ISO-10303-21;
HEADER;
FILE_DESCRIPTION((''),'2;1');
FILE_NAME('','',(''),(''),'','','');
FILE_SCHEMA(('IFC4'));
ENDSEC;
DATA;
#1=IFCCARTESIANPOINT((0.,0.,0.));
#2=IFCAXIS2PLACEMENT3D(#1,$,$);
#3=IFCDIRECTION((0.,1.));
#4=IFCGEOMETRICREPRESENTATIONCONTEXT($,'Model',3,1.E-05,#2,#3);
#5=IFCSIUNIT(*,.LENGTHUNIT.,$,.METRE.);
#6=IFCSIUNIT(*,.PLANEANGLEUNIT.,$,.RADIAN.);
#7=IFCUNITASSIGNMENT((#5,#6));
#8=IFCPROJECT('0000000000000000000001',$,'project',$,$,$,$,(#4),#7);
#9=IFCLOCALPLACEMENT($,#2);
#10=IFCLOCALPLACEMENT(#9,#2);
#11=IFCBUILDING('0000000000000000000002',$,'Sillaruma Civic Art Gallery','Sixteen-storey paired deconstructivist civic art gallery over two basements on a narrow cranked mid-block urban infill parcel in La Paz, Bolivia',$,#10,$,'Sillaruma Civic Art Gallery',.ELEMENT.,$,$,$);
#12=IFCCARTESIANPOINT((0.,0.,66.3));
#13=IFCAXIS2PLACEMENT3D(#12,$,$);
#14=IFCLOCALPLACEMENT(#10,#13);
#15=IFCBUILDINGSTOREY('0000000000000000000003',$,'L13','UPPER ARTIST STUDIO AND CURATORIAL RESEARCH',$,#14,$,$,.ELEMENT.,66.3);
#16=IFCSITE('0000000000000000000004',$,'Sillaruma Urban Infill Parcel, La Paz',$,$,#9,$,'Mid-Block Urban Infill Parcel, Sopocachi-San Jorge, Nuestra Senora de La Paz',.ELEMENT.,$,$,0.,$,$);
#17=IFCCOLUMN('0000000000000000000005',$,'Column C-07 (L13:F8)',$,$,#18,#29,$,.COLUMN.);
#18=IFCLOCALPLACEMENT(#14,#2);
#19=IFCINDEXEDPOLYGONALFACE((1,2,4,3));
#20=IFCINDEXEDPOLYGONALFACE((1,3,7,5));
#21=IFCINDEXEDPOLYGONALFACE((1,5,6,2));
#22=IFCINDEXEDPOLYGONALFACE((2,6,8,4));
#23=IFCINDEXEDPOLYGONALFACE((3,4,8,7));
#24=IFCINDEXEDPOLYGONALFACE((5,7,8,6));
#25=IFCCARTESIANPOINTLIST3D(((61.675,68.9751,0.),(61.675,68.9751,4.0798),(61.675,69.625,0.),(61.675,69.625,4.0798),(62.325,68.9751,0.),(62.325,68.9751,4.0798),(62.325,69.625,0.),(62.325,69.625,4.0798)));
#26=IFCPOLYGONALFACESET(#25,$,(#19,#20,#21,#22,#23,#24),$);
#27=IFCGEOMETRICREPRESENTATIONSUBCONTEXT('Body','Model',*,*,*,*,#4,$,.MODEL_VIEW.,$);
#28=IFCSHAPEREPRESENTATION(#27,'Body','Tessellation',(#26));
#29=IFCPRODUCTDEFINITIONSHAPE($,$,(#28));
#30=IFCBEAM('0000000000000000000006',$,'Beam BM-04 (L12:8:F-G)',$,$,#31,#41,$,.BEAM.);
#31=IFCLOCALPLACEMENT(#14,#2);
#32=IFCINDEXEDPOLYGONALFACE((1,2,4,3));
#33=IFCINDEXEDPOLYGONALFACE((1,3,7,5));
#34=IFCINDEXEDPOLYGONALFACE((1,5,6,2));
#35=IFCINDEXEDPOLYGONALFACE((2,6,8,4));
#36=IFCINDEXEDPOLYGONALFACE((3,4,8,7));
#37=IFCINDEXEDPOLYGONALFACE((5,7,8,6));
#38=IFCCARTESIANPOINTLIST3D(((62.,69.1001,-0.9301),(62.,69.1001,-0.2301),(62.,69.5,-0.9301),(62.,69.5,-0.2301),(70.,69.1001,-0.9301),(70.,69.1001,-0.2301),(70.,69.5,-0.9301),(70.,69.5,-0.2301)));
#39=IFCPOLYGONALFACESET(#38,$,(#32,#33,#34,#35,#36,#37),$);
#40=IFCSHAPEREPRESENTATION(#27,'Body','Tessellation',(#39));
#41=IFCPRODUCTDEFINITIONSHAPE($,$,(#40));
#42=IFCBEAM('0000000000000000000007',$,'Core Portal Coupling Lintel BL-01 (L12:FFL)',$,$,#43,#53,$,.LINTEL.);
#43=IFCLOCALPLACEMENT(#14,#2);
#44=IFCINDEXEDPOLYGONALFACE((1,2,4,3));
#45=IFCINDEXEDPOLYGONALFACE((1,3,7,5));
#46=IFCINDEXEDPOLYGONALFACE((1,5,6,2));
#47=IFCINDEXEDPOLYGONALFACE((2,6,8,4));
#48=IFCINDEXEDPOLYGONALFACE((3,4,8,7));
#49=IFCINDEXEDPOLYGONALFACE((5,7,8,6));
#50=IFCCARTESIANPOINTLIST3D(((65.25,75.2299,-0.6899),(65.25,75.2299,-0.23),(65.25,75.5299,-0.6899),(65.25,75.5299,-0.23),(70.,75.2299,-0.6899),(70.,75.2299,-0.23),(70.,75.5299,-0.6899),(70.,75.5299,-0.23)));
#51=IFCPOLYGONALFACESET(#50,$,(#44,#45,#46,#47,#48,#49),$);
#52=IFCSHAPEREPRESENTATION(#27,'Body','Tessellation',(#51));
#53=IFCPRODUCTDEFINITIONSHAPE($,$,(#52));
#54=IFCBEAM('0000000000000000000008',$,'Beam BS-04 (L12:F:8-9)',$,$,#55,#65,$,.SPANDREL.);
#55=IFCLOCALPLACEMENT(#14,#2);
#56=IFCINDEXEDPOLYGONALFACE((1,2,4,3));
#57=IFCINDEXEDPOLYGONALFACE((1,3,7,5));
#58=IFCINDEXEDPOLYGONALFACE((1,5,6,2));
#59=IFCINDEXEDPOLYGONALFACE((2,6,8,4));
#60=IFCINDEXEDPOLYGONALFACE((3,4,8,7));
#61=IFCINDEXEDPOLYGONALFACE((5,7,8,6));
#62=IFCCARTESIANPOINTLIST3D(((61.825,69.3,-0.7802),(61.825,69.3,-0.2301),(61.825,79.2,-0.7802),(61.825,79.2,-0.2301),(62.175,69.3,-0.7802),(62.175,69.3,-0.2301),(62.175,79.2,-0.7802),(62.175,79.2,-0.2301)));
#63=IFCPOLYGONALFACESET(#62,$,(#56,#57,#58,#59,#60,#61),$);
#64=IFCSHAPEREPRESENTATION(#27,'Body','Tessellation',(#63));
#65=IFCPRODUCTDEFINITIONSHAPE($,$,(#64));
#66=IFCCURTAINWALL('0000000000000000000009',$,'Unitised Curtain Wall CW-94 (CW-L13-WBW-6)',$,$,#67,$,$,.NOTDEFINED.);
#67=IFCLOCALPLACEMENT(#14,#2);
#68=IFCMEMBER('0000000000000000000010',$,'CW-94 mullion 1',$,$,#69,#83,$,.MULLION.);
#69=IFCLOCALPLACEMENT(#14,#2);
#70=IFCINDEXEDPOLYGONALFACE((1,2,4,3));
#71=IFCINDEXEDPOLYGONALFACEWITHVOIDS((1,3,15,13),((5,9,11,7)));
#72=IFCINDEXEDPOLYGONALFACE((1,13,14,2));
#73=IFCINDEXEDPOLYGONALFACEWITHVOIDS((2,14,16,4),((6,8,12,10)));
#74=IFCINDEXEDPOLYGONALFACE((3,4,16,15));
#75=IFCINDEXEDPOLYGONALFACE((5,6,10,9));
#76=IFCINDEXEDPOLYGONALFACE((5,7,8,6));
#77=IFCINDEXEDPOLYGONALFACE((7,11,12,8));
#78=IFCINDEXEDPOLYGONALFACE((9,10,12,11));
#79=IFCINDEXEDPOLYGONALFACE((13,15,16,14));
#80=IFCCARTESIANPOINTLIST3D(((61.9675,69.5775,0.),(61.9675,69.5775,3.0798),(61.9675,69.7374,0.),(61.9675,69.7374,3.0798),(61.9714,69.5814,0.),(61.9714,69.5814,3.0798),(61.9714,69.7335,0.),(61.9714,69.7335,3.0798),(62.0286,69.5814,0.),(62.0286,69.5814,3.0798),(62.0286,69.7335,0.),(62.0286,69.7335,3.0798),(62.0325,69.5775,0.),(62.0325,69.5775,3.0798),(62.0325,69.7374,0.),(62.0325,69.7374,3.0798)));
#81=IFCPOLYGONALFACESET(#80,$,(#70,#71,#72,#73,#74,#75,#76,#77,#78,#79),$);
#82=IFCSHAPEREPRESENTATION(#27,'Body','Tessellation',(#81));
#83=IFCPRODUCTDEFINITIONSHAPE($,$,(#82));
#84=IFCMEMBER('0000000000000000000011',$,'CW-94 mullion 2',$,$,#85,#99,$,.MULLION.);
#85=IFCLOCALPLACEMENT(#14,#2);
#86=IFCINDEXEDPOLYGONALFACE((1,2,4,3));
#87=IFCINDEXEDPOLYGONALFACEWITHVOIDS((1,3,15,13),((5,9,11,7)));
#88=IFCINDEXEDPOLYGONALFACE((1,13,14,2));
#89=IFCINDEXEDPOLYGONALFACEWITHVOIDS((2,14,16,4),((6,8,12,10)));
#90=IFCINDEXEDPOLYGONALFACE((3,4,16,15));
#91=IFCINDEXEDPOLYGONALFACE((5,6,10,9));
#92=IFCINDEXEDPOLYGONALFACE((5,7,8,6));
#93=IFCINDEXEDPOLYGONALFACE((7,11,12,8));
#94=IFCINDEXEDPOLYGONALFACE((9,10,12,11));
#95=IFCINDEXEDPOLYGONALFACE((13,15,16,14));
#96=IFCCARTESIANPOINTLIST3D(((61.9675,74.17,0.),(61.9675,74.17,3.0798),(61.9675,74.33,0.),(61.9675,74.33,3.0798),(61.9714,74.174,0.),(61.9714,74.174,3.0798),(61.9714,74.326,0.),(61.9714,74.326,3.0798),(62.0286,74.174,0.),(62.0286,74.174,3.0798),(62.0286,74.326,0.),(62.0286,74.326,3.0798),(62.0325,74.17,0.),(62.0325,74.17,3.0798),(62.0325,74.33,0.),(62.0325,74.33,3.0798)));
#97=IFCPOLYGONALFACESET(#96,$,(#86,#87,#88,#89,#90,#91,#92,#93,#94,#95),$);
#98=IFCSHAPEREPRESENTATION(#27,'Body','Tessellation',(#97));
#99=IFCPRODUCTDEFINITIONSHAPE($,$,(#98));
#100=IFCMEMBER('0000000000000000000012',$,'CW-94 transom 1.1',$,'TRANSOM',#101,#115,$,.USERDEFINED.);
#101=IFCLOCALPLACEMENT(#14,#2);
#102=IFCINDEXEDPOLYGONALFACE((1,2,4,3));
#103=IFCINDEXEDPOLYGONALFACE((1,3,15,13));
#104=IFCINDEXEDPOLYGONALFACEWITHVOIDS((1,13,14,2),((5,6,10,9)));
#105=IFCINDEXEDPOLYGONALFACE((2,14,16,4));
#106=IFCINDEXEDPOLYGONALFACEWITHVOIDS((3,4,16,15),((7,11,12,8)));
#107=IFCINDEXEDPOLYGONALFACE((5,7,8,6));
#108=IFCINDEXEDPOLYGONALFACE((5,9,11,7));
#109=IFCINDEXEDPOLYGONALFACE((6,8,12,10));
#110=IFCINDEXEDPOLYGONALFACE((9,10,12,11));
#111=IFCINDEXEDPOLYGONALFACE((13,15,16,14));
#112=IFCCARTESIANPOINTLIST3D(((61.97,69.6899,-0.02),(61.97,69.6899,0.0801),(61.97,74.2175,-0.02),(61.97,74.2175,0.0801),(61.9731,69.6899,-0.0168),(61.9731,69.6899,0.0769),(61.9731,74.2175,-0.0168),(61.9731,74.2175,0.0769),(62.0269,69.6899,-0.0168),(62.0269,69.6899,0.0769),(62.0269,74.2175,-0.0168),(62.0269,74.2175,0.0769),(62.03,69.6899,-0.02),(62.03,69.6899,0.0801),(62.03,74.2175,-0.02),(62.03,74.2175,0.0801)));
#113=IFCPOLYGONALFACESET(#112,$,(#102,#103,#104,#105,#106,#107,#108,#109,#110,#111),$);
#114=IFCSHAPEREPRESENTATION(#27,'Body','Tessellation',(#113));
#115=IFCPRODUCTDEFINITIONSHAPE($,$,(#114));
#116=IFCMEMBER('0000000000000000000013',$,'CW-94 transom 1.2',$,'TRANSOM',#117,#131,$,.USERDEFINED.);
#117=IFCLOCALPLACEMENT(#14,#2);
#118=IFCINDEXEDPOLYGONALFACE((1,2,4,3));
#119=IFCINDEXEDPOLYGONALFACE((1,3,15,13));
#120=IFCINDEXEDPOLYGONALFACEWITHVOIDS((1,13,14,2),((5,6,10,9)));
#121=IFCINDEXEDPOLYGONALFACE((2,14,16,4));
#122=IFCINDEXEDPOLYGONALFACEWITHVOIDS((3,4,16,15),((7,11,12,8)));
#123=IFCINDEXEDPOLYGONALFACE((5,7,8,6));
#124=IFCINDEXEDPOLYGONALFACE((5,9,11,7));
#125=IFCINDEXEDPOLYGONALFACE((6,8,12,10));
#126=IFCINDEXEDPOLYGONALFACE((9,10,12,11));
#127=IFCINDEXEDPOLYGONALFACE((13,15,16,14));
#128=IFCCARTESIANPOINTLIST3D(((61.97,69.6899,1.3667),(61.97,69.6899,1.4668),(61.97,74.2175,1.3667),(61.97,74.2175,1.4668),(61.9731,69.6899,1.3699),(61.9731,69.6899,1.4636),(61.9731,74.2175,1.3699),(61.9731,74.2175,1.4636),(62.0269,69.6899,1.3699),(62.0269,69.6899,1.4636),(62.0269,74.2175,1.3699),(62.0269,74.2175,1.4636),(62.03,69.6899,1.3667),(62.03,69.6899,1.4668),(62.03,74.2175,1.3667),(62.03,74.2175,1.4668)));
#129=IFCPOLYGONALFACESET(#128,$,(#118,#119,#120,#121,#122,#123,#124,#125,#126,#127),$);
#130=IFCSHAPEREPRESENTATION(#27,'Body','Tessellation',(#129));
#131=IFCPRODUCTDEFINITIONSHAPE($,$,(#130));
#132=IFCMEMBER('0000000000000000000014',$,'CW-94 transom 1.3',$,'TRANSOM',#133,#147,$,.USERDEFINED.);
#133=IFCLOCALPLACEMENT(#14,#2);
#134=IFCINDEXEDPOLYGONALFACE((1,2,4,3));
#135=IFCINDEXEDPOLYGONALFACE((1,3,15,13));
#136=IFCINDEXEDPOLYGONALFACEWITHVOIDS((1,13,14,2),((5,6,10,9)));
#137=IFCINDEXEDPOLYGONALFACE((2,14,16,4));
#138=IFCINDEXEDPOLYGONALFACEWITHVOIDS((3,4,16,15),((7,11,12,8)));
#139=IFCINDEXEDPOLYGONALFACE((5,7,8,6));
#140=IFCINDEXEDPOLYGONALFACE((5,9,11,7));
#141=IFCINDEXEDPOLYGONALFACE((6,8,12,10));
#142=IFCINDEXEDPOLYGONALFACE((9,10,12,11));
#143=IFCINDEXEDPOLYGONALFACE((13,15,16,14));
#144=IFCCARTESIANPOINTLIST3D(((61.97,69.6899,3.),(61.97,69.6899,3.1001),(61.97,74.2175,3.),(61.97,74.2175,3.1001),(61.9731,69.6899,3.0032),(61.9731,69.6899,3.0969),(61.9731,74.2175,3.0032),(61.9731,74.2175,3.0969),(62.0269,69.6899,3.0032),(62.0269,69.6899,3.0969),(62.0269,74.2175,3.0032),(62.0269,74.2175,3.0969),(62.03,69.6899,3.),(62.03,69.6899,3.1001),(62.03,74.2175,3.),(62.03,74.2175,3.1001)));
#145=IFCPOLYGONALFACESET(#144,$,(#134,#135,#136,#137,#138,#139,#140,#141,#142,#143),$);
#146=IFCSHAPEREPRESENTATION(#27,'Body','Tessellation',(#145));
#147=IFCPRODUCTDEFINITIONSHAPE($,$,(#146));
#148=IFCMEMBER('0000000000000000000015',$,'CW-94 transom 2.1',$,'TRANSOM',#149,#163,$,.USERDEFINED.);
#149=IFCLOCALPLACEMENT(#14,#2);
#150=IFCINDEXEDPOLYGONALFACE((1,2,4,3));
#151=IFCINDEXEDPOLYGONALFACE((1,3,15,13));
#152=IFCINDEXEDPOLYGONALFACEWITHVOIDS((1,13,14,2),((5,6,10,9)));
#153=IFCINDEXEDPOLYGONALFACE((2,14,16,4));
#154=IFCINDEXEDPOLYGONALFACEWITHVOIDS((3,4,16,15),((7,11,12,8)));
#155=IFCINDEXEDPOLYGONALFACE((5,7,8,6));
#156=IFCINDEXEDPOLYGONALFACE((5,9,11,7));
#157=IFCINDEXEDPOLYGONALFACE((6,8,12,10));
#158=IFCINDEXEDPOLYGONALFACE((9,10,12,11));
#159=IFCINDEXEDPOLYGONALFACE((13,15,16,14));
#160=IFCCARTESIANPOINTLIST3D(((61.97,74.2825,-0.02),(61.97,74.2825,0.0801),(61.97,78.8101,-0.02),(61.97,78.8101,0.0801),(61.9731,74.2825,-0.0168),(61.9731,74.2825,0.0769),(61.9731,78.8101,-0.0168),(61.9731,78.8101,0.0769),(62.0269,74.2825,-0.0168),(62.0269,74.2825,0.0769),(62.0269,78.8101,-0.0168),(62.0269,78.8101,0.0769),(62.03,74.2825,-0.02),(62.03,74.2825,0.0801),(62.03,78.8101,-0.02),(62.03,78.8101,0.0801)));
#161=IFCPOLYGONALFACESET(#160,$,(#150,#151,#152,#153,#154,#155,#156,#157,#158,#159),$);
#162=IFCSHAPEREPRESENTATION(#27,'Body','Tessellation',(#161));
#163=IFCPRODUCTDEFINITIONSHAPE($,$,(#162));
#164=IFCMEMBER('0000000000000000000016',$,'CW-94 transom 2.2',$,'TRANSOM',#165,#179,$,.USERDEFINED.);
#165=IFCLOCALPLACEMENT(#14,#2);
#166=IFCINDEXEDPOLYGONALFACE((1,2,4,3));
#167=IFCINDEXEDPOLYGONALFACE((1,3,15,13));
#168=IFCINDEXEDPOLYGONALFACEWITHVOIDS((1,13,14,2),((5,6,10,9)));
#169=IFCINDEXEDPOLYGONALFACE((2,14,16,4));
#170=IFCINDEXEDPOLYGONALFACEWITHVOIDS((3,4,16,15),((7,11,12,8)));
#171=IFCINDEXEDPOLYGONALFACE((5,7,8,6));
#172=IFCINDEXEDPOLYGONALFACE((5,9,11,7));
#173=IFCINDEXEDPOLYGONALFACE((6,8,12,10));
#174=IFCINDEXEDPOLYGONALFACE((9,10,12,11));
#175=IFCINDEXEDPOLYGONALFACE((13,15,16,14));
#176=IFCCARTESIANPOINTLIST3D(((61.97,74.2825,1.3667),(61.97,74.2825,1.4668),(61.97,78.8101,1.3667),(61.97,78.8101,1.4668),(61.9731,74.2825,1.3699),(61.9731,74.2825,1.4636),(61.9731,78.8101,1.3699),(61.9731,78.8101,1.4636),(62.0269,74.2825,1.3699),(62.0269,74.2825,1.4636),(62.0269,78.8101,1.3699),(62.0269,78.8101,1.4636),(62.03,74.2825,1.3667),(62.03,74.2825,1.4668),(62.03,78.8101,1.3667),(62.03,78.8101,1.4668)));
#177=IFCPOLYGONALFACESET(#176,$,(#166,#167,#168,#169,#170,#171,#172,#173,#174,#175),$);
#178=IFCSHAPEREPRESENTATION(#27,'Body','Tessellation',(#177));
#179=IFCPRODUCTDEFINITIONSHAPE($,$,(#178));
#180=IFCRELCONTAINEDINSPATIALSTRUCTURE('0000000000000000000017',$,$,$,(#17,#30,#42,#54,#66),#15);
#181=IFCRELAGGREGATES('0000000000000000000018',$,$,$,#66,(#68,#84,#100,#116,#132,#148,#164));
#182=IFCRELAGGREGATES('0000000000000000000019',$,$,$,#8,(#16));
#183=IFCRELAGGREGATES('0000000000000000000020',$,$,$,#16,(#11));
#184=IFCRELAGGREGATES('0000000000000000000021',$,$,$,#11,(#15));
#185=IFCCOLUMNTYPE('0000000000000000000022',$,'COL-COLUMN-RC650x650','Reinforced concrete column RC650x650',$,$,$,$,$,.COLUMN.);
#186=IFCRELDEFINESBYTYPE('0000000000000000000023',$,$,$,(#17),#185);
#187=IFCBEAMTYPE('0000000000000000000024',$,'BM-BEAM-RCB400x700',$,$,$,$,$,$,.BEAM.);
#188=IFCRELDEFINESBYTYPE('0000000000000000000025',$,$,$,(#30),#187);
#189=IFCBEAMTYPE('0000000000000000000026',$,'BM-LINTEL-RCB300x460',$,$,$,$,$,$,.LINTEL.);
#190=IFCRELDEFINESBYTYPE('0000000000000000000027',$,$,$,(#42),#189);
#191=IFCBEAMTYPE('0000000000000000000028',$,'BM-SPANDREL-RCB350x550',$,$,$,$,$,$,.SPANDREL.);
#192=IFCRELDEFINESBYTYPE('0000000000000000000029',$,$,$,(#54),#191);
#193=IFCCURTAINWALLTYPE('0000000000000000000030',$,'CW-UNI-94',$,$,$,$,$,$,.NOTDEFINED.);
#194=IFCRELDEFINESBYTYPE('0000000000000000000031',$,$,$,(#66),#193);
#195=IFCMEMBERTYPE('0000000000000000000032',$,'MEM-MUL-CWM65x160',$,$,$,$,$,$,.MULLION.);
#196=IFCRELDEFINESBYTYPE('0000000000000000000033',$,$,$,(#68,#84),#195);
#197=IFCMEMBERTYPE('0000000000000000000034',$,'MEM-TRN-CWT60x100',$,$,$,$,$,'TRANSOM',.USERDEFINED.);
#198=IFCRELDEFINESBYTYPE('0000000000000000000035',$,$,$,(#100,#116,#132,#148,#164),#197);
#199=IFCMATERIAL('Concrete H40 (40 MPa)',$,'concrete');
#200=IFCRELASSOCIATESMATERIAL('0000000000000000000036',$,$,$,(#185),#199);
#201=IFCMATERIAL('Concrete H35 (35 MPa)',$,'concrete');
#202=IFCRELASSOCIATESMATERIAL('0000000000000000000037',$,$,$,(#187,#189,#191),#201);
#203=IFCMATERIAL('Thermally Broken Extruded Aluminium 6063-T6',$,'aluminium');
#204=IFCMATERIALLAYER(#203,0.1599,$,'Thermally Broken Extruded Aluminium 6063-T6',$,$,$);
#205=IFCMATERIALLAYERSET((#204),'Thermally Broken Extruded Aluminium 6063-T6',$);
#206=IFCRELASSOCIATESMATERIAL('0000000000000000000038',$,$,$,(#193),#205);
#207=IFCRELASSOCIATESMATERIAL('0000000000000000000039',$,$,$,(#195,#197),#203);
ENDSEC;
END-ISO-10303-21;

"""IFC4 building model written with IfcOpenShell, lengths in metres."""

from ifc_helpers import new_model, si_unit, direction, frame, origin, origin_2d, place, context, subcontext, project, spatial, rectangle, hollow_rectangle, extrude, material, layer, layer_set, material_profile, profile_set, type_object, element, aggregate, save


model = new_model("IFC4")

# Units and contexts
model_context = context("Model", 3, precision=1e-05, world=origin(), true_north=direction((0.0, 1.0)))
body_context = subcontext(model_context, "Body", "Model", "MODEL_VIEW")
ifc_project = project(units=[si_unit("LENGTHUNIT", "METRE"), si_unit("PLANEANGLEUNIT", "RADIAN")], contexts=[model_context])

# Site, building, storey
site_placement = place(None, origin())
site = spatial("IfcSite", under=ifc_project, at=site_placement, Name="Sillaruma Urban Infill Parcel, La Paz", LongName="Mid-Block Urban Infill Parcel, Sopocachi-San Jorge, Nuestra Senora de La Paz", CompositionType="ELEMENT", RefElevation=0.0)
building_placement = place(site_placement, origin())
building = spatial("IfcBuilding", under=site, at=building_placement, Name="Sillaruma Civic Art Gallery", Description="Sixteen-storey paired deconstructivist civic art gallery over two basements on a narrow cranked mid-block urban infill parcel in La Paz, Bolivia", LongName="Sillaruma Civic Art Gallery", CompositionType="ELEMENT")
storey_placement = place(building_placement, frame((0.0, 0.0, 66.3)))
storey = spatial("IfcBuildingStorey", under=building, at=storey_placement, Name="L13", Description="UPPER ARTIST STUDIO AND CURATORIAL RESEARCH", CompositionType="ELEMENT", Elevation=66.3)

# Column
ifc_material_1 = material(Name="Concrete H40 (40 MPa)", Category="concrete")
ifc_material_profile_1 = material_profile(ifc_material_1, rectangle(XDim=0.6499, YDim=0.6499, at=origin_2d()), Name="RC650x650")
ifc_profile_set_1 = profile_set([ifc_material_profile_1], Name="Concrete H40 (40 MPa)")
column_type = type_object("IfcColumnType", Name="COL-COLUMN-RC650x650", Description="Reinforced concrete column RC650x650", PredefinedType="COLUMN", material=ifc_profile_set_1)
column_placement = place(storey_placement, frame((62.0, 69.3, 0.0), z_axis=(0.0, 0.0, 1.0), x_axis=(1.0, 0.0, 0.0)))
element("IfcColumn", 1, at=column_placement, inside=storey, type_object=column_type, Name="Column C-07 (L13:F8)", PredefinedType="COLUMN", context=body_context, shape_type="SweptSolid", body=[
    extrude(rectangle(XDim=0.6499, YDim=0.6499, at=origin_2d()), origin(), (0.0, 0.0, 1.0), 4.0798),
])

# Beams
ifc_material_2 = material(Name="Concrete H35 (35 MPa)", Category="concrete")
ifc_material_profile_2 = material_profile(ifc_material_2, rectangle(XDim=0.3999, YDim=0.7, at=origin_2d()), Name="RCB400x700")
ifc_profile_set_2 = profile_set([ifc_material_profile_2], Name="Concrete H35 (35 MPa)")
beam_type_1 = type_object("IfcBeamType", Name="BM-BEAM-RCB400x700", PredefinedType="BEAM", material=ifc_profile_set_2)
beam_1_placement = place(storey_placement, frame((62.0, 69.3, -0.5801), z_axis=(1.0, 0.0, 0.0), x_axis=(0.0, 1.0, 0.0)))
element("IfcBeam", 2, at=beam_1_placement, inside=storey, type_object=beam_type_1, Name="Beam BM-04 (L12:8:F-G)", PredefinedType="BEAM", context=body_context, shape_type="SweptSolid", body=[
    extrude(rectangle(XDim=0.3999, YDim=0.7, at=origin_2d()), origin(), (0.0, 0.0, 1.0), 8.0),
])
ifc_material_profile_3 = material_profile(ifc_material_2, rectangle(XDim=0.3, YDim=0.46, at=origin_2d()), Name="RCB300x460")
ifc_profile_set_3 = profile_set([ifc_material_profile_3], Name="Concrete H35 (35 MPa)")
beam_type_2 = type_object("IfcBeamType", Name="BM-LINTEL-RCB300x460", PredefinedType="LINTEL", material=ifc_profile_set_3)
beam_2_placement = place(storey_placement, frame((65.25, 75.3799, -0.46), z_axis=(1.0, 0.0, 0.0), x_axis=(0.0, 1.0, 0.0)))
element("IfcBeam", 3, at=beam_2_placement, inside=storey, type_object=beam_type_2, Name="Core Portal Coupling Lintel BL-01 (L12:FFL)", PredefinedType="LINTEL", context=body_context, shape_type="SweptSolid", body=[
    extrude(rectangle(XDim=0.3, YDim=0.46, at=origin_2d()), origin(), (0.0, 0.0, 1.0), 4.75),
])
ifc_material_profile_4 = material_profile(ifc_material_2, rectangle(XDim=0.3501, YDim=0.55, at=origin_2d()), Name="RCB350x550")
ifc_profile_set_4 = profile_set([ifc_material_profile_4], Name="Concrete H35 (35 MPa)")
beam_type_3 = type_object("IfcBeamType", Name="BM-SPANDREL-RCB350x550", PredefinedType="SPANDREL", material=ifc_profile_set_4)
beam_3_placement = place(storey_placement, frame((62.0, 69.3, -0.5051), z_axis=(0.0, 1.0, 0.0), x_axis=(-1.0, 0.0, 0.0)))
element("IfcBeam", 4, at=beam_3_placement, inside=storey, type_object=beam_type_3, Name="Beam BS-04 (L12:F:8-9)", PredefinedType="SPANDREL", context=body_context, shape_type="SweptSolid", body=[
    extrude(rectangle(XDim=0.3501, YDim=0.55, at=origin_2d()), origin(), (0.0, 0.0, 1.0), 9.8999),
])

# Curtain wall, members
ifc_material_3 = material(Name="Thermally Broken Extruded Aluminium 6063-T6", Category="aluminium")
ifc_layer_1 = layer(ifc_material_3, 0.1599, Name="Thermally Broken Extruded Aluminium 6063-T6")
ifc_layer_set_1 = layer_set([ifc_layer_1], Name="Thermally Broken Extruded Aluminium 6063-T6")
curtain_wall_type = type_object("IfcCurtainWallType", Name="CW-UNI-94", PredefinedType="NOTDEFINED", material=ifc_layer_set_1)
curtain_wall_placement = place(storey_placement, origin())
curtain_wall = element("IfcCurtainWall", 5, at=curtain_wall_placement, inside=storey, type_object=curtain_wall_type, Name="Unitised Curtain Wall CW-94 (CW-L13-WBW-6)", PredefinedType="NOTDEFINED")
ifc_material_profile_5 = material_profile(ifc_material_3, hollow_rectangle(XDim=0.0649, YDim=0.1599, WallThickness=0.0039, at=origin_2d()), Name="CWM65x160")
ifc_profile_set_5 = profile_set([ifc_material_profile_5], Name="Thermally Broken Extruded Aluminium 6063-T6")
member_type_1 = type_object("IfcMemberType", Name="MEM-MUL-CWM65x160", PredefinedType="MULLION", material=ifc_profile_set_5)
member_1_placement = place(storey_placement, frame((62.0, 69.6575, 0.0), z_axis=(0.0, 0.0, 1.0), x_axis=(-1.0, 0.0, 0.0)))
member_1 = element("IfcMember", 6, at=member_1_placement, type_object=member_type_1, Name="CW-94 mullion 1", PredefinedType="MULLION", context=body_context, shape_type="SweptSolid", body=[
    extrude(hollow_rectangle(XDim=0.0649, YDim=0.1599, WallThickness=0.0039, at=origin_2d()), origin(), (0.0, 0.0, 1.0), 3.0798),
])
member_2_placement = place(storey_placement, frame((62.0, 74.25, 0.0), z_axis=(0.0, 0.0, 1.0), x_axis=(-1.0, 0.0, 0.0)))
member_2 = element("IfcMember", 7, at=member_2_placement, type_object=member_type_1, Name="CW-94 mullion 2", PredefinedType="MULLION", context=body_context, shape_type="SweptSolid", body=[
    extrude(hollow_rectangle(XDim=0.0649, YDim=0.1599, WallThickness=0.0039, at=origin_2d()), origin(), (0.0, 0.0, 1.0), 3.0798),
])
ifc_material_profile_6 = material_profile(ifc_material_3, hollow_rectangle(XDim=0.0601, YDim=0.1001, WallThickness=0.0032, at=origin_2d()), Name="CWT60x100")
ifc_profile_set_6 = profile_set([ifc_material_profile_6], Name="Thermally Broken Extruded Aluminium 6063-T6")
member_type_2 = type_object("IfcMemberType", Name="MEM-TRN-CWT60x100", ElementType="TRANSOM", PredefinedType="USERDEFINED", material=ifc_profile_set_6)
member_3_placement = place(storey_placement, frame((62.0, 69.6899, 0.03), z_axis=(0.0, 1.0, 0.0), x_axis=(-1.0, 0.0, 0.0)))
member_3 = element("IfcMember", 8, at=member_3_placement, type_object=member_type_2, Name="CW-94 transom 1.1", ObjectType="TRANSOM", PredefinedType="USERDEFINED", context=body_context, shape_type="SweptSolid", body=[
    extrude(hollow_rectangle(XDim=0.0601, YDim=0.1001, WallThickness=0.0032, at=origin_2d()), origin(), (0.0, 0.0, 1.0), 4.5276),
])
member_4_placement = place(storey_placement, frame((62.0, 69.6899, 1.4167), z_axis=(0.0, 1.0, 0.0), x_axis=(-1.0, 0.0, 0.0)))
member_4 = element("IfcMember", 9, at=member_4_placement, type_object=member_type_2, Name="CW-94 transom 1.2", ObjectType="TRANSOM", PredefinedType="USERDEFINED", context=body_context, shape_type="SweptSolid", body=[
    extrude(hollow_rectangle(XDim=0.0601, YDim=0.1001, WallThickness=0.0032, at=origin_2d()), origin(), (0.0, 0.0, 1.0), 4.5276),
])
member_5_placement = place(storey_placement, frame((62.0, 69.6899, 3.05), z_axis=(0.0, 1.0, 0.0), x_axis=(-1.0, 0.0, 0.0)))
member_5 = element("IfcMember", 10, at=member_5_placement, type_object=member_type_2, Name="CW-94 transom 1.3", ObjectType="TRANSOM", PredefinedType="USERDEFINED", context=body_context, shape_type="SweptSolid", body=[
    extrude(hollow_rectangle(XDim=0.0601, YDim=0.1001, WallThickness=0.0032, at=origin_2d()), origin(), (0.0, 0.0, 1.0), 4.5276),
])
member_6_placement = place(storey_placement, frame((62.0, 74.2825, 0.03), z_axis=(0.0, 1.0, 0.0), x_axis=(-1.0, 0.0, 0.0)))
member_6 = element("IfcMember", 11, at=member_6_placement, type_object=member_type_2, Name="CW-94 transom 2.1", ObjectType="TRANSOM", PredefinedType="USERDEFINED", context=body_context, shape_type="SweptSolid", body=[
    extrude(hollow_rectangle(XDim=0.0601, YDim=0.1001, WallThickness=0.0032, at=origin_2d()), origin(), (0.0, 0.0, 1.0), 4.5276),
])
member_7_placement = place(storey_placement, frame((62.0, 74.2825, 1.4167), z_axis=(0.0, 1.0, 0.0), x_axis=(-1.0, 0.0, 0.0)))
member_7 = element("IfcMember", 12, at=member_7_placement, type_object=member_type_2, Name="CW-94 transom 2.2", ObjectType="TRANSOM", PredefinedType="USERDEFINED", context=body_context, shape_type="SweptSolid", body=[
    extrude(hollow_rectangle(XDim=0.0601, YDim=0.1001, WallThickness=0.0032, at=origin_2d()), origin(), (0.0, 0.0, 1.0), 4.5276),
])
aggregate(curtain_wall, [member_1, member_2, member_3, member_4, member_5, member_6, member_7])

save(model, "model.ifc")
